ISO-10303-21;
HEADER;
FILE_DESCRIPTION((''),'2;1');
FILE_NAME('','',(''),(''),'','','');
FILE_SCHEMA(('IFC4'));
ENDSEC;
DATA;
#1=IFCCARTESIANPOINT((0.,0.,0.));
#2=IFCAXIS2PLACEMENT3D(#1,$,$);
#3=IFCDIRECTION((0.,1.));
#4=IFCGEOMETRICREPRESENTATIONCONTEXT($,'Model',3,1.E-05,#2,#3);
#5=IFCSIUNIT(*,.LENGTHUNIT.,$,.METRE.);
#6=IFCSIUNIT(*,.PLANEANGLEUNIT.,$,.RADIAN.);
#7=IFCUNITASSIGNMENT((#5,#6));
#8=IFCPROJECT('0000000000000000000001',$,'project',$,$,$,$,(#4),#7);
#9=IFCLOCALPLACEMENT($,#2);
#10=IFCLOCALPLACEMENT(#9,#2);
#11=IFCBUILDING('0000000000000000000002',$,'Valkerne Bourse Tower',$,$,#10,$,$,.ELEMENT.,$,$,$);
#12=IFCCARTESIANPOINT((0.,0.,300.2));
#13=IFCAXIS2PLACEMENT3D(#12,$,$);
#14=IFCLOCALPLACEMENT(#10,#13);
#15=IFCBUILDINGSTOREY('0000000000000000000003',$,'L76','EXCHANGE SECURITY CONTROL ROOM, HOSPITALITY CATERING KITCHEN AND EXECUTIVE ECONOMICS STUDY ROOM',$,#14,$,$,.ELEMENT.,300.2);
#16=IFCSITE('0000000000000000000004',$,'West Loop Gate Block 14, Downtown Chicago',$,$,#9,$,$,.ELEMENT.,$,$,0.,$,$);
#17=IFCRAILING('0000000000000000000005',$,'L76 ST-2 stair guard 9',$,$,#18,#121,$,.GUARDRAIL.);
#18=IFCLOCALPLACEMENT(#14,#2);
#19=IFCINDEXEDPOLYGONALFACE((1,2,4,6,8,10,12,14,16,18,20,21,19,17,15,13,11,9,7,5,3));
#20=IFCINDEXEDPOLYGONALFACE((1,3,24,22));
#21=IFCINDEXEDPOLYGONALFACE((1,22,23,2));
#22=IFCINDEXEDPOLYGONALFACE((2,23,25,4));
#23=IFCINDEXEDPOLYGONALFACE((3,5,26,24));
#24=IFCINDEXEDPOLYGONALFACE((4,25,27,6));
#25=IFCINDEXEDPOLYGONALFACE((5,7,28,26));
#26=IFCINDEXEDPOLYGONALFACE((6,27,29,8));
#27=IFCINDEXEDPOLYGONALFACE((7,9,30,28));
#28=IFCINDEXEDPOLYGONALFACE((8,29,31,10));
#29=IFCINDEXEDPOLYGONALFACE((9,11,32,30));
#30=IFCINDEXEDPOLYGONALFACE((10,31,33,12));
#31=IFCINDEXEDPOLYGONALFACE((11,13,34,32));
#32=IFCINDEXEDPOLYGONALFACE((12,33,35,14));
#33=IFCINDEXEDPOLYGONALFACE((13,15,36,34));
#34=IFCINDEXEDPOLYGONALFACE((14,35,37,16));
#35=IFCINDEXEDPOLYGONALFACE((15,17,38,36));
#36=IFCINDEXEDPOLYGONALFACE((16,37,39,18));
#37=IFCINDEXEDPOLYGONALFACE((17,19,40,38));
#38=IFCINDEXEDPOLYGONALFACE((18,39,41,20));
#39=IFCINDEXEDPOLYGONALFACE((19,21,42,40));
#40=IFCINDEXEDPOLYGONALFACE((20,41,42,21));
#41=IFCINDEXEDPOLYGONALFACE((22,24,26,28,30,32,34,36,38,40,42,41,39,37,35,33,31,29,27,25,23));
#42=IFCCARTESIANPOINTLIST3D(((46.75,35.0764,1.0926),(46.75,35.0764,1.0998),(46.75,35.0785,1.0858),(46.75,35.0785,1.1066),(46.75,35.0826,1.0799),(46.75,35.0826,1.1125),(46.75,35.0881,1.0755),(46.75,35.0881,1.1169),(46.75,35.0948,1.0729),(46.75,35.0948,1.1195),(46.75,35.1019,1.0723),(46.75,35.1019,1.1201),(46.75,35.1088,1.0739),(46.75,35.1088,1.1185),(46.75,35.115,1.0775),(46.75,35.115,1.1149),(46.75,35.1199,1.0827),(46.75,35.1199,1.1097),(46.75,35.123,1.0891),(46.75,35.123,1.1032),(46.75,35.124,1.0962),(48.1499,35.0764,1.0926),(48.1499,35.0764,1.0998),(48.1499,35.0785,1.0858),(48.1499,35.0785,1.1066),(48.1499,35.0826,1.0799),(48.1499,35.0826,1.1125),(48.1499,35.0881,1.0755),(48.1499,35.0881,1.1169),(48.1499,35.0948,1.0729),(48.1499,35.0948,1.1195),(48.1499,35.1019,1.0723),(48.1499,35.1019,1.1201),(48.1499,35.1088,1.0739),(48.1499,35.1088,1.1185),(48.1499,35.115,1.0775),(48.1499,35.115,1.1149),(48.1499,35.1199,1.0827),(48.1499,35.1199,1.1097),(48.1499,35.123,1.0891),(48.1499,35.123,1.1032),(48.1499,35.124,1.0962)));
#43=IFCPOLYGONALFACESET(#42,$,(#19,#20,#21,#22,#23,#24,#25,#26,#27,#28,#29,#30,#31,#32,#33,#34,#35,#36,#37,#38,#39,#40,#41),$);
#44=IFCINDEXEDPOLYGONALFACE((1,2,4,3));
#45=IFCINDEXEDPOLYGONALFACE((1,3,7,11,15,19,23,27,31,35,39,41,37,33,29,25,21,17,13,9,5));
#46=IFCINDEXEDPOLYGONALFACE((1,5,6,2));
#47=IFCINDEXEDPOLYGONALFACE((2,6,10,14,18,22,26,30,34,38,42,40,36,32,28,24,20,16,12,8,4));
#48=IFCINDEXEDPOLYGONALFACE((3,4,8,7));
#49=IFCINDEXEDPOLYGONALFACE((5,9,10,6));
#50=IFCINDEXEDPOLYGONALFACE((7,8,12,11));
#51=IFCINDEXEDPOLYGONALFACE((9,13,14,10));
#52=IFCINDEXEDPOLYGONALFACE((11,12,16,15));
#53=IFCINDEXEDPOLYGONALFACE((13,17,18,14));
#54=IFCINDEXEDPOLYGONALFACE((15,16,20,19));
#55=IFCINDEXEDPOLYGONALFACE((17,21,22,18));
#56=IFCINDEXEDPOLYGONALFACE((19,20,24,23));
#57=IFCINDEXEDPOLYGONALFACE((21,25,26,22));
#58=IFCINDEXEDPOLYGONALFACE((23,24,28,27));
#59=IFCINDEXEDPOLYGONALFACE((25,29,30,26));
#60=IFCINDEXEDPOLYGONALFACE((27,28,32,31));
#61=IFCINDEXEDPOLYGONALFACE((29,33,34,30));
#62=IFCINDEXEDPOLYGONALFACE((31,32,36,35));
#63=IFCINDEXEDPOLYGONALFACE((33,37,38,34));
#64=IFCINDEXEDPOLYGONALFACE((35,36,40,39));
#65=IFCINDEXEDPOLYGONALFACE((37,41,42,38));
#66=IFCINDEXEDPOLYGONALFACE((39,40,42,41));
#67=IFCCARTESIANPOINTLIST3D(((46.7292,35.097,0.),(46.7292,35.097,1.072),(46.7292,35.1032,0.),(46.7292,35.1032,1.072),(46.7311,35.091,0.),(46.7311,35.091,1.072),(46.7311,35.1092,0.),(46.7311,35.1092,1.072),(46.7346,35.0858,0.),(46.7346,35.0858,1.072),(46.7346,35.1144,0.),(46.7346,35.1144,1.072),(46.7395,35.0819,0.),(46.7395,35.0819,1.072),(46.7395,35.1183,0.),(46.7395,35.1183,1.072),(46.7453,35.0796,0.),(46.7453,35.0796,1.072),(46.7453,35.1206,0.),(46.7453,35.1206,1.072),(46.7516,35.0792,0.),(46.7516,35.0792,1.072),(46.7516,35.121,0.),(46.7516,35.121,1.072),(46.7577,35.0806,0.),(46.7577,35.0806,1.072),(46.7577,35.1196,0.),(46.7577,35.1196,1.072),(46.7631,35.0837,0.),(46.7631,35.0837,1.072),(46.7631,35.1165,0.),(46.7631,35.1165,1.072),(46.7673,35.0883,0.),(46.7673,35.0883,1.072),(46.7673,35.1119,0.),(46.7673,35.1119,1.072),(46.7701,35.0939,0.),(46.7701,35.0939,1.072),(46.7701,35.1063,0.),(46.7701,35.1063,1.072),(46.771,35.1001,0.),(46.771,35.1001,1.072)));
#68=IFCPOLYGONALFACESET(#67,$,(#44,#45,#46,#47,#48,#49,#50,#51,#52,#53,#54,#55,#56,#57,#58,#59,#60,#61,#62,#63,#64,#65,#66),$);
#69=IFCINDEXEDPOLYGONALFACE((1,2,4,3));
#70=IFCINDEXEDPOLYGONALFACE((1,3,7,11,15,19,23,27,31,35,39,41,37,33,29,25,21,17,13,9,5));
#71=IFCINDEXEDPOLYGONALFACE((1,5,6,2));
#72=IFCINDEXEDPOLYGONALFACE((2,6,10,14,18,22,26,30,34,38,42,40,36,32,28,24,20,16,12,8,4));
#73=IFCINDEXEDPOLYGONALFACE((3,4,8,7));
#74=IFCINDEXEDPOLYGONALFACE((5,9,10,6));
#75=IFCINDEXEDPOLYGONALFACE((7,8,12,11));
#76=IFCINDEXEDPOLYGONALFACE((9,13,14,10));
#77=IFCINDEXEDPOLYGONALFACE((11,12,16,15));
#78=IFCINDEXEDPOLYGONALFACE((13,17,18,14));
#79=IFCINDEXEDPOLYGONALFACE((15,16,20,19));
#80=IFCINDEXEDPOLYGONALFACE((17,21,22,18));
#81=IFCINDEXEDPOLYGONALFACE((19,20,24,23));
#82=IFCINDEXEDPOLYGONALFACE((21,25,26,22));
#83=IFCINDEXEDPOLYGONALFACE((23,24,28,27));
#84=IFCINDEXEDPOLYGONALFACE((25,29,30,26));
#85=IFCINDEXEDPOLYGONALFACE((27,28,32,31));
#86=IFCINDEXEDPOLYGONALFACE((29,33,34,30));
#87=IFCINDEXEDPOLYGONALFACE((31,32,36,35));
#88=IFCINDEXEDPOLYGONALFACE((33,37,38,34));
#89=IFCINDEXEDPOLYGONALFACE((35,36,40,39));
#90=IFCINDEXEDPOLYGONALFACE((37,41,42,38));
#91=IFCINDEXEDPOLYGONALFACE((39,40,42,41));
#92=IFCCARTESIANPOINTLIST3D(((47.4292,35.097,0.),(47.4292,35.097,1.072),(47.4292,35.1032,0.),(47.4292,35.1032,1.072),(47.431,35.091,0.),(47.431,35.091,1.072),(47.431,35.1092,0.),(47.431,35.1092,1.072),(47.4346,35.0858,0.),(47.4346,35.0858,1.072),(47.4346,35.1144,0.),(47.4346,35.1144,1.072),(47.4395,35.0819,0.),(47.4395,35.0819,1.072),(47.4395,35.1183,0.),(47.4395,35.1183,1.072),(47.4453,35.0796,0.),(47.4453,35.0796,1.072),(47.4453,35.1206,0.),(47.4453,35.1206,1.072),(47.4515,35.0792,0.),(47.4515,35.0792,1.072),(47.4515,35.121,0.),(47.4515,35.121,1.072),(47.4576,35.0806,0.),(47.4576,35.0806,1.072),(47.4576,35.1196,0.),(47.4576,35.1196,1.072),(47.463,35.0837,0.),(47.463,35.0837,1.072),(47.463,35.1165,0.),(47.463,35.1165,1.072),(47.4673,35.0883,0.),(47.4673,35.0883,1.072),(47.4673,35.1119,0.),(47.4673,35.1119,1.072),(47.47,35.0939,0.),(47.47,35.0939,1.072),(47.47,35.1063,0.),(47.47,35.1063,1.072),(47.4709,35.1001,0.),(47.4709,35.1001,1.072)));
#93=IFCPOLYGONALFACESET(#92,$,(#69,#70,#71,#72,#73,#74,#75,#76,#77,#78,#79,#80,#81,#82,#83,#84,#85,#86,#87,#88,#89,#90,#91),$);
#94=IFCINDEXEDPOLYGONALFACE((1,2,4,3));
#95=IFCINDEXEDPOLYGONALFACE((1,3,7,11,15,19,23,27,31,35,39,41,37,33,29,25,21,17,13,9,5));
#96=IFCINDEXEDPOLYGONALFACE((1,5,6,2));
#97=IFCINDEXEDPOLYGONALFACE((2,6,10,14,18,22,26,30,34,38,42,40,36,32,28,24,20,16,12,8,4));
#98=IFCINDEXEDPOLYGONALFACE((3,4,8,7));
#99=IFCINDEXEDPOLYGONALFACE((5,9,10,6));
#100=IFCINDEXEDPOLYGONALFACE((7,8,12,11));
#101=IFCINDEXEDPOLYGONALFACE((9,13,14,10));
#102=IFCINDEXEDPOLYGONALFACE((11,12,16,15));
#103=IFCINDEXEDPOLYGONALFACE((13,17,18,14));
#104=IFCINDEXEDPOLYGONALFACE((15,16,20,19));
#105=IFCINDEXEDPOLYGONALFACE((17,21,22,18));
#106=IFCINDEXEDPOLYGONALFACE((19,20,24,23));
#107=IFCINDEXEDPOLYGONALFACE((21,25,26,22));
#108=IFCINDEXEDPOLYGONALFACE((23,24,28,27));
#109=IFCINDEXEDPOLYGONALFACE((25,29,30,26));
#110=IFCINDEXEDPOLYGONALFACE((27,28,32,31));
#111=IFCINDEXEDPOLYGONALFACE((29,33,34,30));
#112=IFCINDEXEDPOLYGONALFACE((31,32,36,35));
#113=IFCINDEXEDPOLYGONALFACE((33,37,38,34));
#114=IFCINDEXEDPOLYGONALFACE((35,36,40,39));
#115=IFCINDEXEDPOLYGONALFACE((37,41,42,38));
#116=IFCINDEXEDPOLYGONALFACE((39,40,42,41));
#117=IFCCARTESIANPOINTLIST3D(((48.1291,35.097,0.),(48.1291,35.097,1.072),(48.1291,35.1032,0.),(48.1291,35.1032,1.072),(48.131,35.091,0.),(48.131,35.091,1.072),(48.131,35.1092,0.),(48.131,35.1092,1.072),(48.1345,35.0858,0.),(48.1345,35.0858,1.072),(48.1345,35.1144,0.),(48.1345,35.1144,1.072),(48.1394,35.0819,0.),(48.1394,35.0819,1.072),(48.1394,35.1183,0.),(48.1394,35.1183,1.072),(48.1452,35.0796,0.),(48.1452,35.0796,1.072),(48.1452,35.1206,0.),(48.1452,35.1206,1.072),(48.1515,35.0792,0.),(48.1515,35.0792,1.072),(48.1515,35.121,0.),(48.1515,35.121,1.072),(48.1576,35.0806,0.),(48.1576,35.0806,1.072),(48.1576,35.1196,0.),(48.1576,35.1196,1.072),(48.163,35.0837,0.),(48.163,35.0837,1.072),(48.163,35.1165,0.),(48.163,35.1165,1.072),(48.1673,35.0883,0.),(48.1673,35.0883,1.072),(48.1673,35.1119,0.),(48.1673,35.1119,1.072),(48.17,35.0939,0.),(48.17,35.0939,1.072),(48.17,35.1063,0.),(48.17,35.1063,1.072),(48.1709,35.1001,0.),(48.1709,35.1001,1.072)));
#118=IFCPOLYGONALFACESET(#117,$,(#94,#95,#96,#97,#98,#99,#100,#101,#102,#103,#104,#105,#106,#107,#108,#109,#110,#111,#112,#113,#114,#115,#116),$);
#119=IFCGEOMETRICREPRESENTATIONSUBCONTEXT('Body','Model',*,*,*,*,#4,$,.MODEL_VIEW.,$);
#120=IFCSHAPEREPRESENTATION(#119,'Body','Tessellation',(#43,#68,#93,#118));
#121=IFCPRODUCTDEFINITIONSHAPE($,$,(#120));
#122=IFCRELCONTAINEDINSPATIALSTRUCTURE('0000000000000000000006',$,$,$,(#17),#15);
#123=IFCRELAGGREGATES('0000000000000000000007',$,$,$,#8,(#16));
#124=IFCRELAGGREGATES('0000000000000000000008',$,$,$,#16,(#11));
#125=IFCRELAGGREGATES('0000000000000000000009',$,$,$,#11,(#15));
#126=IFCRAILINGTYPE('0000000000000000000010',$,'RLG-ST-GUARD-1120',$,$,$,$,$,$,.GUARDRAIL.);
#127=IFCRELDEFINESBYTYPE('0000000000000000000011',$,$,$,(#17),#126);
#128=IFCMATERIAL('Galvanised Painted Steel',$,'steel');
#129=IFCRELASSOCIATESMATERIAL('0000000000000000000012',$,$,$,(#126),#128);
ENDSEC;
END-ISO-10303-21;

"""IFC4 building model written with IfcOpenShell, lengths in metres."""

from ifc_helpers import new_model, si_unit, direction, frame, origin, origin_2d, place, context, subcontext, project, spatial, circle, extrude, material, type_object, element, save


model = new_model("IFC4")

# Units and contexts
model_context = context("Model", 3, precision=1e-05, world=origin(), true_north=direction((0.0, 1.0)))
body_context = subcontext(model_context, "Body", "Model", "MODEL_VIEW")
ifc_project = project(units=[si_unit("LENGTHUNIT", "METRE"), si_unit("PLANEANGLEUNIT", "RADIAN")], contexts=[model_context])

# Site, building, storey
site_placement = place(None, origin())
site = spatial("IfcSite", under=ifc_project, at=site_placement, Name="West Loop Gate Block 14, Downtown Chicago", CompositionType="ELEMENT", RefElevation=0.0)
building_placement = place(site_placement, origin())
building = spatial("IfcBuilding", under=site, at=building_placement, Name="Valkerne Bourse Tower", CompositionType="ELEMENT")
storey_placement = place(building_placement, frame((0.0, 0.0, 300.2)))
storey = spatial("IfcBuildingStorey", under=building, at=storey_placement, Name="L76", Description="EXCHANGE SECURITY CONTROL ROOM, HOSPITALITY CATERING KITCHEN AND EXECUTIVE ECONOMICS STUDY ROOM", CompositionType="ELEMENT", Elevation=300.2)

# Shared definitions
ifc_material_1 = material(Name="Galvanised Painted Steel", Category="steel")

# Railing
railing_type_1 = type_object("IfcRailingType", Name="RLG-ST-GUARD-1120", PredefinedType="GUARDRAIL", material=ifc_material_1)
for number, where, name in (
    (1, (46.75, 35.1001, 0.0), "L76 ST-2 stair guard 9"),
):
    element("IfcRailing", number, at=place(storey_placement, frame(where)), inside=storey, type_object=railing_type_1, Name=name, PredefinedType="GUARDRAIL", context=body_context, shape_type="SweptSolid", body=[
        extrude(circle(Radius=0.0239, at=origin_2d()), frame((0.0, 0.0, 1.0962), z_axis=(1.0, 0.0, 0.0), x_axis=(0.0, 1.0, 0.0)), (0.0, 0.0, 1.0), 1.3999),
        extrude(circle(Radius=0.021, at=origin_2d()), origin(), (0.0, 0.0, 1.0), 1.072),
        extrude(circle(Radius=0.021, at=origin_2d()), frame((0.7, 0.0, 0.0)), (0.0, 0.0, 1.0), 1.072),
        extrude(circle(Radius=0.021, at=origin_2d()), frame((1.3999, 0.0, 0.0)), (0.0, 0.0, 1.0), 1.072),
    ])

save(model, "model.ifc")
